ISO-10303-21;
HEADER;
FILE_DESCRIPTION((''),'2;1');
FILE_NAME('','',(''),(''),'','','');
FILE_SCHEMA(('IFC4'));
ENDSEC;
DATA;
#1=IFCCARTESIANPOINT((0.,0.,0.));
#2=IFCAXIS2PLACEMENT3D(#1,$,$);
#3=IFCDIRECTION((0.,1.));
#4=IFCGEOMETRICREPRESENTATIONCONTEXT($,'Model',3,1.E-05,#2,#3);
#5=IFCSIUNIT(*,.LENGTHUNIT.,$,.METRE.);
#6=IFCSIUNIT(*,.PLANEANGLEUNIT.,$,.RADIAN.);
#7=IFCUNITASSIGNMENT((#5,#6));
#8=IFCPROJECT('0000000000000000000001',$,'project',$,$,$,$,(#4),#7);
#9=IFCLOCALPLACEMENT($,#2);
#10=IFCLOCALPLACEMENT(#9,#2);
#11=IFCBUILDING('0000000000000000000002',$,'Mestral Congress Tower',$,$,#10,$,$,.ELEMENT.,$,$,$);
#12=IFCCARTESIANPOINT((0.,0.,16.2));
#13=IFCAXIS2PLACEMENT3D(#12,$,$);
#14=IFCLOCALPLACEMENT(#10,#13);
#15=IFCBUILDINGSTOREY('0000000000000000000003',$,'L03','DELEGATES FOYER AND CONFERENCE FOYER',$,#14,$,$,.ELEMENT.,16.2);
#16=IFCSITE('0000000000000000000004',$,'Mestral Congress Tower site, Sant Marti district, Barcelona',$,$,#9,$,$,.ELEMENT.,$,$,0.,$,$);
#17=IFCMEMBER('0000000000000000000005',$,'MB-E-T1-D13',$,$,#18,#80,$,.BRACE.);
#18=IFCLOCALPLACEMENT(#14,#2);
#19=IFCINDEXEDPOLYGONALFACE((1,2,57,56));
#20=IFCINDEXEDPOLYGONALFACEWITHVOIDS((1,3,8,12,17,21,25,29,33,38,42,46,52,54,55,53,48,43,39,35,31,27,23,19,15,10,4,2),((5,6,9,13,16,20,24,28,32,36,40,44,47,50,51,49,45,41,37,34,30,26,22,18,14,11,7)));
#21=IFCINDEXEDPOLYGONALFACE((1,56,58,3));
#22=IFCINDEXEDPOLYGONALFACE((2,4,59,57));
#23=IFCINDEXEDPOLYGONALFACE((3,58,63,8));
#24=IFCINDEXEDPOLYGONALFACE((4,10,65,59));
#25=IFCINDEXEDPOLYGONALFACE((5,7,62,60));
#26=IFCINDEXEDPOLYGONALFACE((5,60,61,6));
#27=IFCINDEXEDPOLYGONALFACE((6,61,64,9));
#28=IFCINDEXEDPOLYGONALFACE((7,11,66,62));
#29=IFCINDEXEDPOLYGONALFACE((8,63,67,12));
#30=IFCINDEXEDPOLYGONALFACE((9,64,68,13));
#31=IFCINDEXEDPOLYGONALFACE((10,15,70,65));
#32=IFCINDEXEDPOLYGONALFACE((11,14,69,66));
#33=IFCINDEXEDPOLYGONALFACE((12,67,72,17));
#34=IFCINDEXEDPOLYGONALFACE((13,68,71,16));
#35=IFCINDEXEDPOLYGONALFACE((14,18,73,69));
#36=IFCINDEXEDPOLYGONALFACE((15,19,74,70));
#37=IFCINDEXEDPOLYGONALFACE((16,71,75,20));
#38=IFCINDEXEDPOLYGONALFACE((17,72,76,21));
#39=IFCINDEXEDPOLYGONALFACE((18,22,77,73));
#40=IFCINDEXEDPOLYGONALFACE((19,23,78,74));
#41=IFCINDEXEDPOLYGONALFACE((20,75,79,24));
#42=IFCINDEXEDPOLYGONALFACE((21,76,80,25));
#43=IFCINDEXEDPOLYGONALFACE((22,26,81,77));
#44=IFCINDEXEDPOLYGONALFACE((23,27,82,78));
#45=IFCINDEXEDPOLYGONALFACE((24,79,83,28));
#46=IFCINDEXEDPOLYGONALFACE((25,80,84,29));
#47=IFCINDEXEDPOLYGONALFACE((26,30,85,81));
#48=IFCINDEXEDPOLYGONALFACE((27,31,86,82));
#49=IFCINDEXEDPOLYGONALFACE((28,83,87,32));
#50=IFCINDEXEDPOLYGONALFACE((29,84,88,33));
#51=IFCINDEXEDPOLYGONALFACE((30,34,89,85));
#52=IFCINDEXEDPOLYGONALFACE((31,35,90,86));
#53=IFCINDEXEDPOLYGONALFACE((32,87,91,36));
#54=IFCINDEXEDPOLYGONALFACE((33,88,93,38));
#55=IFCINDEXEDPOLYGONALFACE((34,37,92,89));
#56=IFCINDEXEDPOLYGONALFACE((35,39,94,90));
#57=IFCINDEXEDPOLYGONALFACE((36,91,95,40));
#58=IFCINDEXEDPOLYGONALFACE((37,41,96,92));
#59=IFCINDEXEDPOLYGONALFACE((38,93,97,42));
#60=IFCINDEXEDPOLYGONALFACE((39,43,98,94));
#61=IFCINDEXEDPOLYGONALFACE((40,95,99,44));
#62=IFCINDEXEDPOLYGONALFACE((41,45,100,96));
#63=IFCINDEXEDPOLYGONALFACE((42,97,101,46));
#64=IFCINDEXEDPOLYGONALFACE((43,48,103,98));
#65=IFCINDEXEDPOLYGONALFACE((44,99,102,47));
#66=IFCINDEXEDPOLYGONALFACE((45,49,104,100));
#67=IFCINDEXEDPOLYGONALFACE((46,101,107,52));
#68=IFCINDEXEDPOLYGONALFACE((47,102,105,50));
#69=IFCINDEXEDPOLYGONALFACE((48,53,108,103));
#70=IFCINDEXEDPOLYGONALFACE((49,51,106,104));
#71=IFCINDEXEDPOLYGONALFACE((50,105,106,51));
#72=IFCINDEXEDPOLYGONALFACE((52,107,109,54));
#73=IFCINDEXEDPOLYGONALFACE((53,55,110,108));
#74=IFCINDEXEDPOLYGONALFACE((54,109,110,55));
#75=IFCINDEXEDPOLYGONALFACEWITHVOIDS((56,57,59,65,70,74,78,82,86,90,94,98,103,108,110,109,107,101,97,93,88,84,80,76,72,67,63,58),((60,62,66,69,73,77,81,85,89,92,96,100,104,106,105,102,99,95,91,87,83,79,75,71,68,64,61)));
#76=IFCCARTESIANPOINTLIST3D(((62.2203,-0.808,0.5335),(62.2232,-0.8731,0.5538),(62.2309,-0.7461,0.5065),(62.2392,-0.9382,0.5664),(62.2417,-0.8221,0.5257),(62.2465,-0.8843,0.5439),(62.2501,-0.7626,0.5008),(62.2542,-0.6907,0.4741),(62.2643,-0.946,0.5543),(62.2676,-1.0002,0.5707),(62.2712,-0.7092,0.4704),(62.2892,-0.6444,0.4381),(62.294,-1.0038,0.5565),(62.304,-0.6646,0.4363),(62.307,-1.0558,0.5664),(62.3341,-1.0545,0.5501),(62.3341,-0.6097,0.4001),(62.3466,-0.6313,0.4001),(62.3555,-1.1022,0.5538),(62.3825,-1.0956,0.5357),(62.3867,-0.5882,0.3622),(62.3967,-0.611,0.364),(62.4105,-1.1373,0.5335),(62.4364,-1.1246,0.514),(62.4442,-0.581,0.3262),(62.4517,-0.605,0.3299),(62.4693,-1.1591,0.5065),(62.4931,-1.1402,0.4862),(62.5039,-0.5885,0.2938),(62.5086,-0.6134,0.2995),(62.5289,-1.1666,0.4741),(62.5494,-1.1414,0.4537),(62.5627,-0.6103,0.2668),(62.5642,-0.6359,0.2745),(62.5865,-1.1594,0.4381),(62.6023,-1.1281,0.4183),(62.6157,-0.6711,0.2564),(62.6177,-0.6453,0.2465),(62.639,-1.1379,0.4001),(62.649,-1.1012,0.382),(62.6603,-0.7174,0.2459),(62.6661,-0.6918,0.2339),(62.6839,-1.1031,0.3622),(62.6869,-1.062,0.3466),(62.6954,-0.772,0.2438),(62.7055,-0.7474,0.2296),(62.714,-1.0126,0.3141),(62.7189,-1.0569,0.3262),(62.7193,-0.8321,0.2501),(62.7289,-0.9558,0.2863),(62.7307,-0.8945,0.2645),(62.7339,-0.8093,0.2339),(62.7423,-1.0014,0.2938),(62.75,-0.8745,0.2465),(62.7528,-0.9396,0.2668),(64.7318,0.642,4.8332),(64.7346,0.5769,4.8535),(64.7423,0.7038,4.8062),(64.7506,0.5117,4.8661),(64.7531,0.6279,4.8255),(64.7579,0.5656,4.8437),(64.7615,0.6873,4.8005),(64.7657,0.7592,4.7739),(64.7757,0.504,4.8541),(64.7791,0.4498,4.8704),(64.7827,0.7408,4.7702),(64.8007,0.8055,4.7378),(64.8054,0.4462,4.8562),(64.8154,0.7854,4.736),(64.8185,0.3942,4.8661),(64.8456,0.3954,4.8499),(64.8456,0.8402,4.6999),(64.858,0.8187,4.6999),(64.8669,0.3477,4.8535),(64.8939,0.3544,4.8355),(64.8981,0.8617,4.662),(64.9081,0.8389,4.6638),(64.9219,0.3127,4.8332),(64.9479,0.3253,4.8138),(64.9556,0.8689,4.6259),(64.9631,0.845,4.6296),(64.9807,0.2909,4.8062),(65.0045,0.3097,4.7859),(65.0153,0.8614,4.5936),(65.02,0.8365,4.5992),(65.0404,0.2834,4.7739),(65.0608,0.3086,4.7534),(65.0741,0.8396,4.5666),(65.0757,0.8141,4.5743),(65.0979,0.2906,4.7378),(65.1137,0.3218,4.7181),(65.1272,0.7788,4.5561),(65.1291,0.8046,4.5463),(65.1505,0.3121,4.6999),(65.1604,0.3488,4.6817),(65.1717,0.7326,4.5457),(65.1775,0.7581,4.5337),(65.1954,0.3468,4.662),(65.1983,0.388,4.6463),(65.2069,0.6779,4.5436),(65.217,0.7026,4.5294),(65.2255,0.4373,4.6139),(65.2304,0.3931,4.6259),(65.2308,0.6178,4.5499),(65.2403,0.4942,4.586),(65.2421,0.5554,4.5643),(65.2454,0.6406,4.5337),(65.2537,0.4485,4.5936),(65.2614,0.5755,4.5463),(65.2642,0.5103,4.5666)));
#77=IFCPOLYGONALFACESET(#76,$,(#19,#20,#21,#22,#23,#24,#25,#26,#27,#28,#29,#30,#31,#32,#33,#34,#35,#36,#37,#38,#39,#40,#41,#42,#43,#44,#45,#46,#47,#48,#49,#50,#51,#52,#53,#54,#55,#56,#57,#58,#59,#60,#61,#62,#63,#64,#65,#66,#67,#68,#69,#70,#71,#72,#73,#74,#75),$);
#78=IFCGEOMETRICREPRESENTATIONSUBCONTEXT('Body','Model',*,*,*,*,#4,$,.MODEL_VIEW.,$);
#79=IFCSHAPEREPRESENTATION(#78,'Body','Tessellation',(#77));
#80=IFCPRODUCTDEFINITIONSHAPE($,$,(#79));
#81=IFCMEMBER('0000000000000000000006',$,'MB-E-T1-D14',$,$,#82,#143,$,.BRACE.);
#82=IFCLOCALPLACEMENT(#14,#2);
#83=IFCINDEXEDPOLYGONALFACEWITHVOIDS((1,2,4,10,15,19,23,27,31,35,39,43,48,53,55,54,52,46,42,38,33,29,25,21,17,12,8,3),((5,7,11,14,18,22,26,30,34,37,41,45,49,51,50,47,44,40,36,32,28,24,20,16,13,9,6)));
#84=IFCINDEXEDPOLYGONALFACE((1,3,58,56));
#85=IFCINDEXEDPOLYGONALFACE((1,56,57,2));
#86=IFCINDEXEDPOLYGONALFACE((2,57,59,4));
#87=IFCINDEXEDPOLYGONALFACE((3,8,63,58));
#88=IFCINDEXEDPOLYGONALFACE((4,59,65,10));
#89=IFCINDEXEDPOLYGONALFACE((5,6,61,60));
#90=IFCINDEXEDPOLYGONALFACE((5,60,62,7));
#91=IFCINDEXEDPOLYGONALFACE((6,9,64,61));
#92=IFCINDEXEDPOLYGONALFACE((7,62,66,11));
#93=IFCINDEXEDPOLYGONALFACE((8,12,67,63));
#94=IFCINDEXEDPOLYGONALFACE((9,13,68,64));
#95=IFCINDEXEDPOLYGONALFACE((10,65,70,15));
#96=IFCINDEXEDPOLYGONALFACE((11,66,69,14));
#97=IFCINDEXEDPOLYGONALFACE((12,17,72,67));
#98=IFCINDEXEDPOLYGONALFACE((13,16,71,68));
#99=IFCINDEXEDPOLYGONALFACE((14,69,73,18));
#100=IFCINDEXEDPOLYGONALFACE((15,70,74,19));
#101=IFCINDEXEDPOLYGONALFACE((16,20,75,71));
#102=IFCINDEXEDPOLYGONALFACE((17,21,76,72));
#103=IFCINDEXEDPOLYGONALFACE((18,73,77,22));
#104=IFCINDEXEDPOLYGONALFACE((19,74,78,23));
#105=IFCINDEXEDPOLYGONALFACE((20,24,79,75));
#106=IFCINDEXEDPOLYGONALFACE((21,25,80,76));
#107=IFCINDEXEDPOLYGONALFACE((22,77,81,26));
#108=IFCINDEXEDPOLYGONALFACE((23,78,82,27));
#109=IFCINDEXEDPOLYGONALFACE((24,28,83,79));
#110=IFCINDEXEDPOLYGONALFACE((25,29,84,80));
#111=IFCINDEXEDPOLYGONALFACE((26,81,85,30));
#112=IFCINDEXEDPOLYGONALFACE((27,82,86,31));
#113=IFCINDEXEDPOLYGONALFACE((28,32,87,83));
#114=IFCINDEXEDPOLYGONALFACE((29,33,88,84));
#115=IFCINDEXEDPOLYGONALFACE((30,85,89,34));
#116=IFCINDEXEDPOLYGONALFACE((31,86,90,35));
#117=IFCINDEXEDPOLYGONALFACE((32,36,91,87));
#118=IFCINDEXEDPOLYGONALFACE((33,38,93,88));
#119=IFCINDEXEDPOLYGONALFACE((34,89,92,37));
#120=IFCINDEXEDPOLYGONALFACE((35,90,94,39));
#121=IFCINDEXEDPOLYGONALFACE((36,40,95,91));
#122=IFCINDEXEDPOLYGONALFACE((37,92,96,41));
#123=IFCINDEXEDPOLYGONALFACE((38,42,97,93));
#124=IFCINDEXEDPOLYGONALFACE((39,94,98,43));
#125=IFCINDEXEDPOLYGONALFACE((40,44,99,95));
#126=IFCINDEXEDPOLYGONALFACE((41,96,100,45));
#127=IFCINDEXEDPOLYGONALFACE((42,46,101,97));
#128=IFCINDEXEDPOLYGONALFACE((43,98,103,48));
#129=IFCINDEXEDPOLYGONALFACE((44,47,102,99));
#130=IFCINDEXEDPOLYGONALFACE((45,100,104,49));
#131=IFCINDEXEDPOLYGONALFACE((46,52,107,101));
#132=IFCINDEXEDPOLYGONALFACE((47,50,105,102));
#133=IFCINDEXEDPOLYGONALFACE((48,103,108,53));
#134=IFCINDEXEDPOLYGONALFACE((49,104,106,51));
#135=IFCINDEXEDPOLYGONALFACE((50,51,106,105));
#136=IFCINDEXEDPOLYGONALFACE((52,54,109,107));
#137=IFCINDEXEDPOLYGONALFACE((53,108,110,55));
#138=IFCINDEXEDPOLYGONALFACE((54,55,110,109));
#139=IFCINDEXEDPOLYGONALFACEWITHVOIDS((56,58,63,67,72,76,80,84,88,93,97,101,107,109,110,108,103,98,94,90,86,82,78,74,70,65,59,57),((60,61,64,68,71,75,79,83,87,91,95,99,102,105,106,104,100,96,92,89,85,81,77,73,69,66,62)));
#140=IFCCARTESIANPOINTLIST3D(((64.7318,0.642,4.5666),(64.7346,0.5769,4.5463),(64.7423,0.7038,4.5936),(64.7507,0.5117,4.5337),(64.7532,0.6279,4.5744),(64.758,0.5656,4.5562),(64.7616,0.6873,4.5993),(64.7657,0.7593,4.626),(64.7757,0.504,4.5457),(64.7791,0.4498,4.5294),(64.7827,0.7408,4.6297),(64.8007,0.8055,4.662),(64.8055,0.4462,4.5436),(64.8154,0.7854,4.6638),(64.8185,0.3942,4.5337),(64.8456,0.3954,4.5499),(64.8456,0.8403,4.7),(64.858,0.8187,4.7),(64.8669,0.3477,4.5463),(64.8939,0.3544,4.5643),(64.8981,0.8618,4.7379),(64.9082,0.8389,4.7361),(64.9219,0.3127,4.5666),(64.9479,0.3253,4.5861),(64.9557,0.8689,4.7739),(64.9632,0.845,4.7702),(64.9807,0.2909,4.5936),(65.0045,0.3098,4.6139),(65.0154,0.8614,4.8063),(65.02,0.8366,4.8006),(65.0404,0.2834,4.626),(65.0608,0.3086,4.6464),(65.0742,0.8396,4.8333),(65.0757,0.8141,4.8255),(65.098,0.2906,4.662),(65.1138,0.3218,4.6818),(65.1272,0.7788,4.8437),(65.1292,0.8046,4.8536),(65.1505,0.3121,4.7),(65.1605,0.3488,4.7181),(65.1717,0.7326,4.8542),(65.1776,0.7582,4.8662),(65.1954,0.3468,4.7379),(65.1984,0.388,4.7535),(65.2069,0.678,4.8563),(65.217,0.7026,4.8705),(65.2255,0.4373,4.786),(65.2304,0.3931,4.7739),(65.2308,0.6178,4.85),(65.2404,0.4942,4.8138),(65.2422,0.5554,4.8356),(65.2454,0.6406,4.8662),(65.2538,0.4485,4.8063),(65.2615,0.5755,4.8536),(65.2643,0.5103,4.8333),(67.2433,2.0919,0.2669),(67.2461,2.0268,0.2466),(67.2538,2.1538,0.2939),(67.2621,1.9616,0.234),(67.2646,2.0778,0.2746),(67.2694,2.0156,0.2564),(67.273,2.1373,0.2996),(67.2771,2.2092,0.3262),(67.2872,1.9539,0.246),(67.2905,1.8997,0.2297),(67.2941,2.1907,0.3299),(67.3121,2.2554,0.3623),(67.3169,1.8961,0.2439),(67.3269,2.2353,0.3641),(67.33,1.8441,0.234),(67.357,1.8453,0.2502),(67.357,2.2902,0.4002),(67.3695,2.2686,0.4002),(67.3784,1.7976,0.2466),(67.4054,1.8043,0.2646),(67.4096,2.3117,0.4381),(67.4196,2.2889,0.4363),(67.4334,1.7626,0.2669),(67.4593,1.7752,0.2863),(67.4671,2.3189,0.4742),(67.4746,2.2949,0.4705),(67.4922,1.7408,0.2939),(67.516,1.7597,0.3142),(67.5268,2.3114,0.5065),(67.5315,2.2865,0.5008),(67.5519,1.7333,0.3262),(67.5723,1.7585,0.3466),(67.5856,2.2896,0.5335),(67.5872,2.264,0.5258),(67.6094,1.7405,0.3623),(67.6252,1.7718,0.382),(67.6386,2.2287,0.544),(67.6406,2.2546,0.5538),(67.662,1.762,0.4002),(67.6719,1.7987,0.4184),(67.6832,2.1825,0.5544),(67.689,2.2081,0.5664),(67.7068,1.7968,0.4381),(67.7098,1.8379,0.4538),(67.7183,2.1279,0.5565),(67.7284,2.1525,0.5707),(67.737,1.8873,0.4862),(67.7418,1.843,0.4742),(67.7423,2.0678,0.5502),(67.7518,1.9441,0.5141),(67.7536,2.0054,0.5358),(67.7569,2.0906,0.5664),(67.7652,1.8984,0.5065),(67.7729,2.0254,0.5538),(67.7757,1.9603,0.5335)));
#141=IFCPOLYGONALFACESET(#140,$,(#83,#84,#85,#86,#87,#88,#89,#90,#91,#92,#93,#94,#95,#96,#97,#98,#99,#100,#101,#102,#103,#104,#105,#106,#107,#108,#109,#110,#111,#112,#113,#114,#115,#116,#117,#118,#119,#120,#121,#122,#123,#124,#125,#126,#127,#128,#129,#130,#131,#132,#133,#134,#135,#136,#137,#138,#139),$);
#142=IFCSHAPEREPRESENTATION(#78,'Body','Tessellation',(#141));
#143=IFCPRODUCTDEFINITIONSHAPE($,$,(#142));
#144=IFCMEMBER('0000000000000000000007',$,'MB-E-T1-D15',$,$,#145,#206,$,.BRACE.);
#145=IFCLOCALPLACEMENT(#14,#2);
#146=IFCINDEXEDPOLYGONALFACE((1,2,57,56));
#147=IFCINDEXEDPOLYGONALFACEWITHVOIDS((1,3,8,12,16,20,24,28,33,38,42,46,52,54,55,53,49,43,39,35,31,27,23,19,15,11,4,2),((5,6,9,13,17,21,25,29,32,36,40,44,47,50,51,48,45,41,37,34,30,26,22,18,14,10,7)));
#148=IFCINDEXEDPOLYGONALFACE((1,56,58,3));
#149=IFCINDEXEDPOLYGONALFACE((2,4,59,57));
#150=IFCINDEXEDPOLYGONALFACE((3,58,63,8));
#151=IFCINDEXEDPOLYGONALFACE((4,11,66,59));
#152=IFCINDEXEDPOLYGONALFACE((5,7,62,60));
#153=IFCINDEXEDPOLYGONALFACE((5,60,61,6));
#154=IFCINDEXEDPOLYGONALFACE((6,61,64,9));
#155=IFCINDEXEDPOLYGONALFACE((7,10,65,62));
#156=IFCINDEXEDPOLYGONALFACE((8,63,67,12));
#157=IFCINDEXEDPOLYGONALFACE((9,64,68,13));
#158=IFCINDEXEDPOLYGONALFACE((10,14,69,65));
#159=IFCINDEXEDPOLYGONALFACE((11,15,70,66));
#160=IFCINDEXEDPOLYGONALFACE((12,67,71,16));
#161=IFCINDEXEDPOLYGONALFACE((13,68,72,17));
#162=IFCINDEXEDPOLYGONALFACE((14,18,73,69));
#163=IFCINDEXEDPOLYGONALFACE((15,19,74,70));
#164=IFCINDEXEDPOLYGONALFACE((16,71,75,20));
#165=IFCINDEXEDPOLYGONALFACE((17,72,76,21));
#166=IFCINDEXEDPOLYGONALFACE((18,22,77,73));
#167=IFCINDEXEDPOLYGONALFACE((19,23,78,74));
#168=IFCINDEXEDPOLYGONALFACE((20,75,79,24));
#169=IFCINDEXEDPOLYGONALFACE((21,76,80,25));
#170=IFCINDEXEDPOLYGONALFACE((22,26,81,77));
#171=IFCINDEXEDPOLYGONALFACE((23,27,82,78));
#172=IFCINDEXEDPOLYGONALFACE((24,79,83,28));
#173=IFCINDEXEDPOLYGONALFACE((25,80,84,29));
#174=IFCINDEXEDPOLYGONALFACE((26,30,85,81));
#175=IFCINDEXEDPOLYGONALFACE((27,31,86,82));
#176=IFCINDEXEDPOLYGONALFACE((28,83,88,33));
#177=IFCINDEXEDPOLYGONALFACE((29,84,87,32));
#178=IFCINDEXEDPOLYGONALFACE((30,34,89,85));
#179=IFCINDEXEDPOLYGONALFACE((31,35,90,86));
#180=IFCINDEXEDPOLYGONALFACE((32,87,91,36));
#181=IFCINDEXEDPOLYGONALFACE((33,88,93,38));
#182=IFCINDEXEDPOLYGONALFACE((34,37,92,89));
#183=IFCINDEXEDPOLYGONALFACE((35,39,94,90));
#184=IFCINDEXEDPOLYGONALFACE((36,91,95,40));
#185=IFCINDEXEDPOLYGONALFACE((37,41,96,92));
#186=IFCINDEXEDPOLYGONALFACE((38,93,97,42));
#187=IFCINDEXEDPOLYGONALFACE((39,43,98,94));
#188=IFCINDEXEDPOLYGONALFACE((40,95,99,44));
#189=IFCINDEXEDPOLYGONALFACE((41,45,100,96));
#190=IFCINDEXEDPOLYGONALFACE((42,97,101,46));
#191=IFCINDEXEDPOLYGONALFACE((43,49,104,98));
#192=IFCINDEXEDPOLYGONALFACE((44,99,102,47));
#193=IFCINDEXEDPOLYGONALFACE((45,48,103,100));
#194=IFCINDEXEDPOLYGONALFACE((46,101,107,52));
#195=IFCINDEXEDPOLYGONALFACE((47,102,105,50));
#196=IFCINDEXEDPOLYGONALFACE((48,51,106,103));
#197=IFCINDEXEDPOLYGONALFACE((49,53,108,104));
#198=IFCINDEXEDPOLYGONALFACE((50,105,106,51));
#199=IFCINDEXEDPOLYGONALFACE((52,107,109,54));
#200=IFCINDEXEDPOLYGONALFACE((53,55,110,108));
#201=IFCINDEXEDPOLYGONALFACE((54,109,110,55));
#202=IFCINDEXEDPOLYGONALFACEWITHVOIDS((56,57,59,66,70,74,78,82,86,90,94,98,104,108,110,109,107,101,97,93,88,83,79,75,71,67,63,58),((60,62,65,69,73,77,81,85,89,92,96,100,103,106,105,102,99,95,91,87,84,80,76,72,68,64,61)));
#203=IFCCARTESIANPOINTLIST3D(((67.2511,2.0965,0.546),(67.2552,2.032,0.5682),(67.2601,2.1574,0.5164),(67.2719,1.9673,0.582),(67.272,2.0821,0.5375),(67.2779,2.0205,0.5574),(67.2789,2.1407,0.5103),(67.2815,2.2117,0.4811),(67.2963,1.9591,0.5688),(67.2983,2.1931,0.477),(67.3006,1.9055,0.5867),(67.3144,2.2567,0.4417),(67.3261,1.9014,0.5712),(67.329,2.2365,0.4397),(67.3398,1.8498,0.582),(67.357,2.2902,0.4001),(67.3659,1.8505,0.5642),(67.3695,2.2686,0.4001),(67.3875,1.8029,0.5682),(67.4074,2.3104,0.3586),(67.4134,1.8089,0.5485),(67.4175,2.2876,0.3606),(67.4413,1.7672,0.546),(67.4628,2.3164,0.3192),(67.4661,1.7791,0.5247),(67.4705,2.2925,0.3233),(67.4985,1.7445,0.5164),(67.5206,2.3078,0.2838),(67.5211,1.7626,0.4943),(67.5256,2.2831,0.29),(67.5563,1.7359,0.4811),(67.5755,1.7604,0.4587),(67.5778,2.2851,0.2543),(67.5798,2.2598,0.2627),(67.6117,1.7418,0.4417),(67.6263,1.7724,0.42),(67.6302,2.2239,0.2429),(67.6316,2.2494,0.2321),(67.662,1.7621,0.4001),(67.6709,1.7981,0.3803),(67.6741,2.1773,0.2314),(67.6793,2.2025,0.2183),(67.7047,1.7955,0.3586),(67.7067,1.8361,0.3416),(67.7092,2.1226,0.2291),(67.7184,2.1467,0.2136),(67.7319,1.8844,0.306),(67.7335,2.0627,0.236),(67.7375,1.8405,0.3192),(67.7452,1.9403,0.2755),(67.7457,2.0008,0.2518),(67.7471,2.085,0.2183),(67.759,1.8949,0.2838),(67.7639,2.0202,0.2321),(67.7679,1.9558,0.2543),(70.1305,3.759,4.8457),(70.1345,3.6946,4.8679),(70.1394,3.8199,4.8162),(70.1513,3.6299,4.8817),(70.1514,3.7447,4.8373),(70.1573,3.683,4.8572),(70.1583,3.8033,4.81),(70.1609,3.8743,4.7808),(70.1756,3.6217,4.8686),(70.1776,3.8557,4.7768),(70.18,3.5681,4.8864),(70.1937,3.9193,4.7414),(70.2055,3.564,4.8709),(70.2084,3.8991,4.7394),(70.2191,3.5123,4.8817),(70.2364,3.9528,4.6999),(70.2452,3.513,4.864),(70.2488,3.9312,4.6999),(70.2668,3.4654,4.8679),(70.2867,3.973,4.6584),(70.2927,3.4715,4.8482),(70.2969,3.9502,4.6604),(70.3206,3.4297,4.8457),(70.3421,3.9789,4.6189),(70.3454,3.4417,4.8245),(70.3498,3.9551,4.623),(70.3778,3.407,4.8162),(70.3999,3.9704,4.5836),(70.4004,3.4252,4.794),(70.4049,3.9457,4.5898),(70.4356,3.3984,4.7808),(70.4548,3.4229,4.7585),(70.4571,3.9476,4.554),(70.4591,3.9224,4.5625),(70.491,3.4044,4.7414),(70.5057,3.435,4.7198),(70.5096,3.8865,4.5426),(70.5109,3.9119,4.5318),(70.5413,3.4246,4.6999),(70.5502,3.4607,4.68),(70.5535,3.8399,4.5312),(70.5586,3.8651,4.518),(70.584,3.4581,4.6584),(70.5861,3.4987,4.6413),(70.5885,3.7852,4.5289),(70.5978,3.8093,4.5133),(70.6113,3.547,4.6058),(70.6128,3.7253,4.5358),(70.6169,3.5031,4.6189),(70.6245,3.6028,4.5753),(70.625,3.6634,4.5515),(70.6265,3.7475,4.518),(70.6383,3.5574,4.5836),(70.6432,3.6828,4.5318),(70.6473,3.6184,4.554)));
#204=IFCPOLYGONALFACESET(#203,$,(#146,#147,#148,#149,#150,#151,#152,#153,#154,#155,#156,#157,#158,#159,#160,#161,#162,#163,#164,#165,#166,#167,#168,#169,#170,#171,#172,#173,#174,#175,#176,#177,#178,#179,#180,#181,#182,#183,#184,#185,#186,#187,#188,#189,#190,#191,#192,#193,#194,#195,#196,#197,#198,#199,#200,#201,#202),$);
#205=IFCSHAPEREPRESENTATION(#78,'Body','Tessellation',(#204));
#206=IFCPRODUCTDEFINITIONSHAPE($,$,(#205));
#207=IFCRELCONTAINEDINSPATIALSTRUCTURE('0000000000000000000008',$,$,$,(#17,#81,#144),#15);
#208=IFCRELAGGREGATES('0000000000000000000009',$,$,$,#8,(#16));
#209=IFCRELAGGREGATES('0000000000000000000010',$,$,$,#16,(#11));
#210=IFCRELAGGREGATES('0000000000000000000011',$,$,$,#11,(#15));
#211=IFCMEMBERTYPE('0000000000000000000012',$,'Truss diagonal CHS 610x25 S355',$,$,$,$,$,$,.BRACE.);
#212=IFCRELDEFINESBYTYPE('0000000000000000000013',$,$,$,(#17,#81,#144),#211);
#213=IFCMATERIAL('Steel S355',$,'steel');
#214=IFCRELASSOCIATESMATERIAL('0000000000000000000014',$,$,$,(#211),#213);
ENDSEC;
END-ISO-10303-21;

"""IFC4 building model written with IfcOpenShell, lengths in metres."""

from ifc_helpers import new_model, si_unit, direction, frame, origin, origin_2d, place, context, subcontext, project, spatial, hollow_circle, extrude, material, material_profile, profile_set, type_object, element, save


model = new_model("IFC4")

# Units and contexts
model_context = context("Model", 3, precision=1e-05, world=origin(), true_north=direction((0.0, 1.0)))
body_context = subcontext(model_context, "Body", "Model", "MODEL_VIEW")
ifc_project = project(units=[si_unit("LENGTHUNIT", "METRE"), si_unit("PLANEANGLEUNIT", "RADIAN")], contexts=[model_context])

# Site, building, storey
site_placement = place(None, origin())
site = spatial("IfcSite", under=ifc_project, at=site_placement, Name="Mestral Congress Tower site, Sant Marti district, Barcelona", CompositionType="ELEMENT", RefElevation=0.0)
building_placement = place(site_placement, origin())
building = spatial("IfcBuilding", under=site, at=building_placement, Name="Mestral Congress Tower", CompositionType="ELEMENT")
storey_placement = place(building_placement, frame((0.0, 0.0, 16.2)))
storey = spatial("IfcBuildingStorey", under=building, at=storey_placement, Name="L03", Description="DELEGATES FOYER AND CONFERENCE FOYER", CompositionType="ELEMENT", Elevation=16.2)

# Shared definitions
ifc_material_1 = material(Name="Steel S355", Category="steel")

# Members
ifc_material_profile_1 = material_profile(ifc_material_1, hollow_circle(Radius=0.3049, WallThickness=0.0249, at=origin_2d()), Name="CHS 610x25")
ifc_profile_set_1 = profile_set([ifc_material_profile_1], Name="Steel S355")
member_type_1 = type_object("IfcMemberType", Name="Truss diagonal CHS 610x25 S355", PredefinedType="BRACE", material=ifc_profile_set_1)
for number, where, z_axis, x_axis, name in (
    (1, (62.4866, -0.8738, 0.4001), (0.484247, 0.279571, 0.829062), (-0.499987, 0.866033, 0.0), "MB-E-T1-D13"),
    (2, (64.998, 0.5762, 4.7), (0.484247, 0.279571, -0.829062), (-0.499987, 0.866033, 0.0), "MB-E-T1-D14"),
):
    element("IfcMember", number, at=place(storey_placement, frame(where, z_axis=z_axis, x_axis=x_axis)), inside=storey, type_object=member_type_1, Name=name, PredefinedType="BRACE", context=body_context, shape_type="SweptSolid", body=[
        extrude(hollow_circle(Radius=0.3049, WallThickness=0.0249, at=origin_2d()), origin(), (0.0, 0.0, 1.0), 5.1863),
    ])
member_1_placement = place(storey_placement, frame((67.5095, 2.0261, 0.4001), z_axis=(0.529749, 0.305884, 0.791076), x_axis=(-0.50004, 0.866002, 0.0)))
element("IfcMember", 3, at=member_1_placement, inside=storey, type_object=member_type_1, Name="MB-E-T1-D15", PredefinedType="BRACE", context=body_context, shape_type="SweptSolid", body=[
    extrude(hollow_circle(Radius=0.3049, WallThickness=0.0249, at=origin_2d()), origin(), (0.0, 0.0, 1.0), 5.4353),
])

save(model, "model.ifc")
